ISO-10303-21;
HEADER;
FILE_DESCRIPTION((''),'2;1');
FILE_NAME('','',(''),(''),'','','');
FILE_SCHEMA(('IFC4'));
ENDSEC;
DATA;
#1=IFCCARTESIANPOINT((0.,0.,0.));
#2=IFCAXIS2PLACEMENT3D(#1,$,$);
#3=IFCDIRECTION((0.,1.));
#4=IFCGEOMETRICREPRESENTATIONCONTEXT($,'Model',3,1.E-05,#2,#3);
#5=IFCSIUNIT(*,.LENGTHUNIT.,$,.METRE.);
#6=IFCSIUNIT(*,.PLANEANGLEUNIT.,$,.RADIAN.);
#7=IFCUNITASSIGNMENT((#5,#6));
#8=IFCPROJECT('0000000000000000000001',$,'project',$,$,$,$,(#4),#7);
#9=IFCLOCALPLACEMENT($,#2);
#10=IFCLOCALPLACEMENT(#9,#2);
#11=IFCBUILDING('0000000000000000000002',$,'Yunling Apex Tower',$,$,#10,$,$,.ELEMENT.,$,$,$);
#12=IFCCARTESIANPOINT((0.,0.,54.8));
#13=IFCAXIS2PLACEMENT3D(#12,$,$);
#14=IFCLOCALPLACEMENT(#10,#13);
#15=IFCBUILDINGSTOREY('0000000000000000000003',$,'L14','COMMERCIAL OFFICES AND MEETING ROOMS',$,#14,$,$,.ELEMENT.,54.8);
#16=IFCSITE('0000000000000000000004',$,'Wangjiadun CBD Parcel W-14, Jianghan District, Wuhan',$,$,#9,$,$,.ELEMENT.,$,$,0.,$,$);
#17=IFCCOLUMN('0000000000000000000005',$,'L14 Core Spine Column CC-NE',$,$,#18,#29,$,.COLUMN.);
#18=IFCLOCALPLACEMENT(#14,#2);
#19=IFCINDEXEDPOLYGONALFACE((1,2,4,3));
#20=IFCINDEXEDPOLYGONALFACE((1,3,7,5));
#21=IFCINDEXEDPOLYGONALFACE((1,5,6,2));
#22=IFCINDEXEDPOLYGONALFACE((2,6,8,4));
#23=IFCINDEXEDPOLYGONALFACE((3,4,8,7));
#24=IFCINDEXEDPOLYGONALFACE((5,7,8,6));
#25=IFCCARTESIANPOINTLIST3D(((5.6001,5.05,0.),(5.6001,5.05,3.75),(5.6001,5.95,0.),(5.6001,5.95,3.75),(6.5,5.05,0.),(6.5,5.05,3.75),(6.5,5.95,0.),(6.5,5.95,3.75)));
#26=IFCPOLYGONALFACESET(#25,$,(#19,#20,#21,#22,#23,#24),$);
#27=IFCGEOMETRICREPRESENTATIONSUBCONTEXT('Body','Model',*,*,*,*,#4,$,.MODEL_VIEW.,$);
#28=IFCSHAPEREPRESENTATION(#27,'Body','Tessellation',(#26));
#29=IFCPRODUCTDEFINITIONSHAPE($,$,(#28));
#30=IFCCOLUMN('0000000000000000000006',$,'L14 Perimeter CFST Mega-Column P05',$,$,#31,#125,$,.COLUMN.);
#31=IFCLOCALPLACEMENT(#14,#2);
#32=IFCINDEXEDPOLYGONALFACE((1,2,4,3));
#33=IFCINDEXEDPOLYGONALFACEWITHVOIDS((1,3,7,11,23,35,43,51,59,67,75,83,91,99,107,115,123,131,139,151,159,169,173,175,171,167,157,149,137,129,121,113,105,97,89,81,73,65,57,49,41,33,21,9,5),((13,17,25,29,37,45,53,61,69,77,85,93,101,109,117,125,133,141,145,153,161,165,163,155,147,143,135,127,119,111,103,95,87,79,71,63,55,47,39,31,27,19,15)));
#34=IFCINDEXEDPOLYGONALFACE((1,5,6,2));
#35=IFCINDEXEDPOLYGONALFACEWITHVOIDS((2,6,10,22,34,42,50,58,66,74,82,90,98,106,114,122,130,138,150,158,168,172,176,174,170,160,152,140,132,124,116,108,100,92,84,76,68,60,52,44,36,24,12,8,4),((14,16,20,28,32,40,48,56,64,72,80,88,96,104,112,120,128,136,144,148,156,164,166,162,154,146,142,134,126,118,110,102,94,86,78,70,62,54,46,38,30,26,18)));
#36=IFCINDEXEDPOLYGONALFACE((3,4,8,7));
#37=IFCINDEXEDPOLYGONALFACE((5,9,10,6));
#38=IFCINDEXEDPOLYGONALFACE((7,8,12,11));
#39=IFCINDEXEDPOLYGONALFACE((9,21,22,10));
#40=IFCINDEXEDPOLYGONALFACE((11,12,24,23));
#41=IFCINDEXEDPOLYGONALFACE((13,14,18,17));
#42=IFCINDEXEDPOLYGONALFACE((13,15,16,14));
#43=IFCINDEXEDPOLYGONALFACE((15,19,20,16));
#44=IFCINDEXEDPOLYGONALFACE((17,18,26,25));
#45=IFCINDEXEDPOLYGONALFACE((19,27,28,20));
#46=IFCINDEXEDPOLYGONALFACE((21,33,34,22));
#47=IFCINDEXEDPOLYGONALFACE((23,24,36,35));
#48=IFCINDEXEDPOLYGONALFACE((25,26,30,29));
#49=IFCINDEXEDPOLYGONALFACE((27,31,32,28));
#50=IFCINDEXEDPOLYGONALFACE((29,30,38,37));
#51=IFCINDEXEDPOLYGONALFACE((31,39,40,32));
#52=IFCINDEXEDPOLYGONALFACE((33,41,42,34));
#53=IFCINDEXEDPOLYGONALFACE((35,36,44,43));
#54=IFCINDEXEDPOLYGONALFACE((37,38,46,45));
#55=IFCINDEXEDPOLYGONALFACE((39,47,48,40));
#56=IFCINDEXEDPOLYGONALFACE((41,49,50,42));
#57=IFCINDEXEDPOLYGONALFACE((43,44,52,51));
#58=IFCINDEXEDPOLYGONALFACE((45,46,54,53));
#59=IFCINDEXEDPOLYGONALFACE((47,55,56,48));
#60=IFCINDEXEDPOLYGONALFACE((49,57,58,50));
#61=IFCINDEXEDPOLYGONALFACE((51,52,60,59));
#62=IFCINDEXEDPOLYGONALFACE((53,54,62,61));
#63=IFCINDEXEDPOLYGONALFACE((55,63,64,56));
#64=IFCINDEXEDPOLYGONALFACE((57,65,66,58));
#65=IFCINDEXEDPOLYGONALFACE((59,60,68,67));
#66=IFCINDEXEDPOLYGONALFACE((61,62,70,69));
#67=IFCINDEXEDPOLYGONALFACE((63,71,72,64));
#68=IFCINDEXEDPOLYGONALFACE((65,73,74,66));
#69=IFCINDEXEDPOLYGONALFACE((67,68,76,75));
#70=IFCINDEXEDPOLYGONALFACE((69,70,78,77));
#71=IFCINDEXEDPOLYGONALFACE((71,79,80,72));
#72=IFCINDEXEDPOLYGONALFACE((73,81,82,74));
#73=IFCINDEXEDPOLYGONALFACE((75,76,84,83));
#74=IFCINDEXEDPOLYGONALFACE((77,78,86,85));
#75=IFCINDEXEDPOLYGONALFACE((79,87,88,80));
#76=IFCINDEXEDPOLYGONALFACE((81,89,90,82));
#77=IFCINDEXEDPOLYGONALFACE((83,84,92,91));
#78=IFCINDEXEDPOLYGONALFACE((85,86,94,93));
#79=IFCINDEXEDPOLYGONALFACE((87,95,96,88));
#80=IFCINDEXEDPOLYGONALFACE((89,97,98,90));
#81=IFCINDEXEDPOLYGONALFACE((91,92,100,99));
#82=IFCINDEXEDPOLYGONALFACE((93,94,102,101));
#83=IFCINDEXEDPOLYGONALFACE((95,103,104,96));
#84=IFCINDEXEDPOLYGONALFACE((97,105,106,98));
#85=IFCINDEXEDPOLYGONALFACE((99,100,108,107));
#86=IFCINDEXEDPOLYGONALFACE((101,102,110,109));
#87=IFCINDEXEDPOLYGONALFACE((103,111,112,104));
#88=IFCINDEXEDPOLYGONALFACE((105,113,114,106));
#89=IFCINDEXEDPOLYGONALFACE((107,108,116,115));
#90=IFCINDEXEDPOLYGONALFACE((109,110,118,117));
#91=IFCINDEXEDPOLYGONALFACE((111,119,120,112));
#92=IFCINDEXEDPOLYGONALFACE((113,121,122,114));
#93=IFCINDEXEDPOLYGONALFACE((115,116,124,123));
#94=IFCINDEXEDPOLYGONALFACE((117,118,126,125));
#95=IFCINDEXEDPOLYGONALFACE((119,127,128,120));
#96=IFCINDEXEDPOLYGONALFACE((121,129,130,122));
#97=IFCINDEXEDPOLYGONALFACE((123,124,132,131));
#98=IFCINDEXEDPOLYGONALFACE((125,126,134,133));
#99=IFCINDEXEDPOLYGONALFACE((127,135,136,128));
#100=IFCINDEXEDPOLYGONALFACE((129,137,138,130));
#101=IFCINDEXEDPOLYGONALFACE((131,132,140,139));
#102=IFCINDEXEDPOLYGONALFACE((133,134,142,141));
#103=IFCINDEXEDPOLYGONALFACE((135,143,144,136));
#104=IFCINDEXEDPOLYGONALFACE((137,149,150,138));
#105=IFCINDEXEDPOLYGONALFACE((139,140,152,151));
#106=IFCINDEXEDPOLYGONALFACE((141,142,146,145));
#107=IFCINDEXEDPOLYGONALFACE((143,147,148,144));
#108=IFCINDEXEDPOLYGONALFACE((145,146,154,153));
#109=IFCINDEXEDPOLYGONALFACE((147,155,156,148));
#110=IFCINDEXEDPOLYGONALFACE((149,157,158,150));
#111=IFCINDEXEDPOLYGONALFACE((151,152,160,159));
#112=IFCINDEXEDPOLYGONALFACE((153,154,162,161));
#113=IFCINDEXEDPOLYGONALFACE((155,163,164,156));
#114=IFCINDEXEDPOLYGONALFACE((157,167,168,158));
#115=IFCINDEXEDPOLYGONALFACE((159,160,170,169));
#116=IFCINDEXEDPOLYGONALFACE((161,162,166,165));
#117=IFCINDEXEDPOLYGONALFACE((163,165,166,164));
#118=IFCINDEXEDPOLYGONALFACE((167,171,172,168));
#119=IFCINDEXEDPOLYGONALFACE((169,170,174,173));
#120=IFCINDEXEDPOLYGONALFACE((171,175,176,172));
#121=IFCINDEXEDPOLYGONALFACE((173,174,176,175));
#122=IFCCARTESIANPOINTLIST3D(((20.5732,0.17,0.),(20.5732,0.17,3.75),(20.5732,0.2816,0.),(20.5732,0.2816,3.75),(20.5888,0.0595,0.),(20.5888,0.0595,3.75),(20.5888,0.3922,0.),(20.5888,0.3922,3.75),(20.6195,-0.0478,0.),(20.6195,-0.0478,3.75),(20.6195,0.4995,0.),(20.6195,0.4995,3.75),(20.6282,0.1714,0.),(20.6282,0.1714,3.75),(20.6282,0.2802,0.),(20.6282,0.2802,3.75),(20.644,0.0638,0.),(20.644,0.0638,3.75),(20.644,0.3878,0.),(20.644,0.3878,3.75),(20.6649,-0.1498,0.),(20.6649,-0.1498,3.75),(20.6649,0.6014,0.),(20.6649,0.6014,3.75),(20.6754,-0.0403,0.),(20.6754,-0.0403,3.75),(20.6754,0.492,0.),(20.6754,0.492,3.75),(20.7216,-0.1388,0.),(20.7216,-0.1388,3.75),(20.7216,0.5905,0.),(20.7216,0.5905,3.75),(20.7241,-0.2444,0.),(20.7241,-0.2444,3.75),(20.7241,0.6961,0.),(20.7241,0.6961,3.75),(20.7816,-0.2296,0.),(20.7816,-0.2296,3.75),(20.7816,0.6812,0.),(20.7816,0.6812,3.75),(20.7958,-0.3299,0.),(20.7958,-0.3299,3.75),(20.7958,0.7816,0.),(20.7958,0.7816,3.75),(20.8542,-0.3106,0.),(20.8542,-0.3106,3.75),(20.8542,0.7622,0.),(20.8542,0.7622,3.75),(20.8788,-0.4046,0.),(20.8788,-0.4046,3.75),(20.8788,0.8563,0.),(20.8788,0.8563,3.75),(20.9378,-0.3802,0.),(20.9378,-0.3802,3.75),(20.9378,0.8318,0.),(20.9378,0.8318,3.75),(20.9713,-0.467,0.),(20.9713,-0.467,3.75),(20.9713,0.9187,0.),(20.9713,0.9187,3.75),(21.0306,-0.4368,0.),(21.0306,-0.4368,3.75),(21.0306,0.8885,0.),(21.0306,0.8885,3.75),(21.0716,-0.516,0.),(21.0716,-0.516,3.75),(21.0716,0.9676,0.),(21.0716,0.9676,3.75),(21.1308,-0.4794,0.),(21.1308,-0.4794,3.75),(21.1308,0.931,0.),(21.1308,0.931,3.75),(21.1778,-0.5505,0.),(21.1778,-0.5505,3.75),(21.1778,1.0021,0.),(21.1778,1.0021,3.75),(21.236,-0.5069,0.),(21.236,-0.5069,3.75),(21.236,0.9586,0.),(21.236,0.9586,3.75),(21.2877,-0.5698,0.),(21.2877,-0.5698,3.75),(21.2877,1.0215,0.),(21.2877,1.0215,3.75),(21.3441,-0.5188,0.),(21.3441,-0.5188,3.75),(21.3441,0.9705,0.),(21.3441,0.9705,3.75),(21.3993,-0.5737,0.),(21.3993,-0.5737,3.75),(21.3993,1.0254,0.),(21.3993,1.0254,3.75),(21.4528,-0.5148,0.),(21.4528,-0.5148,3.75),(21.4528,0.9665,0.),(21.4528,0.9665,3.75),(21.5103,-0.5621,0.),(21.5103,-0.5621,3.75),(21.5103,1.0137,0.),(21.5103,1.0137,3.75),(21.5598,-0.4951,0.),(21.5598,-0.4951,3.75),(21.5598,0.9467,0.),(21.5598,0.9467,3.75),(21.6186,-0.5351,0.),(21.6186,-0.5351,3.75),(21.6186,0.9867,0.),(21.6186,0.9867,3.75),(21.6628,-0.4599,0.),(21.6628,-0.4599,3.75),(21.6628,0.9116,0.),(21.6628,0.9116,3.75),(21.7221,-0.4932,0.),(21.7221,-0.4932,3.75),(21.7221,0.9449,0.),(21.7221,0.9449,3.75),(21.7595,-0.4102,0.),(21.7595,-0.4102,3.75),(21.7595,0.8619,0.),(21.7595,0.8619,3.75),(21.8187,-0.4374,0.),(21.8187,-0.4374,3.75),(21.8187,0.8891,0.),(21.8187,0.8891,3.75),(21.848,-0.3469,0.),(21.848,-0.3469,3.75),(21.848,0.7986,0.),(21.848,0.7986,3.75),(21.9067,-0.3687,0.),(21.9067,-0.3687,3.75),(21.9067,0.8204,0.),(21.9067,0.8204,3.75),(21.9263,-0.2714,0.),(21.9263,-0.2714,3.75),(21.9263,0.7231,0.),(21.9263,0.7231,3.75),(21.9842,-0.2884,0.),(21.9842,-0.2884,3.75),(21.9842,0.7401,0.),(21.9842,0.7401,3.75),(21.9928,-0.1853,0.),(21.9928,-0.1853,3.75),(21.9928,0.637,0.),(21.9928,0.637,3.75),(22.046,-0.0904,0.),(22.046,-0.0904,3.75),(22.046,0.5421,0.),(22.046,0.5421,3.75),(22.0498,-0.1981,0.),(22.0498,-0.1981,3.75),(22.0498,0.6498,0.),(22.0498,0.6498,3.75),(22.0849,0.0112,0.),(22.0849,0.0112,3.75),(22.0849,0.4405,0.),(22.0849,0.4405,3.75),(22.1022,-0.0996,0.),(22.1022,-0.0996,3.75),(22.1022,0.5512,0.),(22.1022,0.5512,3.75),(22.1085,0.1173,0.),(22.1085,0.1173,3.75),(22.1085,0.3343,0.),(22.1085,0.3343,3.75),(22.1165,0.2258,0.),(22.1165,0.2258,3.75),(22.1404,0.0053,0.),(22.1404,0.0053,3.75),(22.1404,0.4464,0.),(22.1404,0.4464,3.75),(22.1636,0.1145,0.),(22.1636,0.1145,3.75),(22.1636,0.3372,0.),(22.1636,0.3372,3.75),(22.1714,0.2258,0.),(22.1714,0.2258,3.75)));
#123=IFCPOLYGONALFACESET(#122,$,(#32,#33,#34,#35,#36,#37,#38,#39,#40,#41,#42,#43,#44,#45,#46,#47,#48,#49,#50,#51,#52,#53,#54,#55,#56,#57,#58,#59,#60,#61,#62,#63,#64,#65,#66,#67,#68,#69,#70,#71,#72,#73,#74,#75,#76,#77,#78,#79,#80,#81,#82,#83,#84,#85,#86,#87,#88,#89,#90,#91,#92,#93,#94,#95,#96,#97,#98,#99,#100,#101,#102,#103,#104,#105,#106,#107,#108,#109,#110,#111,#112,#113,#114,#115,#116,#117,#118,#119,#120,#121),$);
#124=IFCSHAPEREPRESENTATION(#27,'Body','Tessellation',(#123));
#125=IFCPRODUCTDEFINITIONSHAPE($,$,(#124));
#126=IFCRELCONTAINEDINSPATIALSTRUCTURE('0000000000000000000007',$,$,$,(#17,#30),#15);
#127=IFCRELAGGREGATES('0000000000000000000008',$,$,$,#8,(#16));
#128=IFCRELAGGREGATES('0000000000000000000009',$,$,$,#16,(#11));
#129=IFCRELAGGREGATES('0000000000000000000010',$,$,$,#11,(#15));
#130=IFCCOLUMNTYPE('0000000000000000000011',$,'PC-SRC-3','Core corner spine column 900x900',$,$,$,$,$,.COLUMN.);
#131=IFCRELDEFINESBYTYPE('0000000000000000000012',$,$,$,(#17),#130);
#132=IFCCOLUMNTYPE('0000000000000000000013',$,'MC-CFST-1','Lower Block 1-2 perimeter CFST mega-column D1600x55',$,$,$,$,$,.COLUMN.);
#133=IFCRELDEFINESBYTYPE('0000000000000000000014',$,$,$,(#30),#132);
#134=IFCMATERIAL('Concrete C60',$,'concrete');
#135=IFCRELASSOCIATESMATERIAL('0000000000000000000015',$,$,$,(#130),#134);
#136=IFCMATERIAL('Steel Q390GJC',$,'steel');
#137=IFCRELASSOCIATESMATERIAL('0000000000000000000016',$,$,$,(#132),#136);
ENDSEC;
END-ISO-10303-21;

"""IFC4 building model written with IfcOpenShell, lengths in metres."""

from ifc_helpers import new_model, si_unit, direction, frame, origin, origin_2d, place, context, subcontext, project, spatial, rectangle, hollow_circle, extrude, source, transform, mapped, material, material_profile, profile_set, type_object, element, save


model = new_model("IFC4")

# Units and contexts
model_context = context("Model", 3, precision=1e-05, world=origin(), true_north=direction((0.0, 1.0)))
body_context = subcontext(model_context, "Body", "Model", "MODEL_VIEW")
ifc_project = project(units=[si_unit("LENGTHUNIT", "METRE"), si_unit("PLANEANGLEUNIT", "RADIAN")], contexts=[model_context])

# Site, building, storey
site_placement = place(None, origin())
site = spatial("IfcSite", under=ifc_project, at=site_placement, Name="Wangjiadun CBD Parcel W-14, Jianghan District, Wuhan", CompositionType="ELEMENT", RefElevation=0.0)
building_placement = place(site_placement, origin())
building = spatial("IfcBuilding", under=site, at=building_placement, Name="Yunling Apex Tower", CompositionType="ELEMENT")
storey_placement = place(building_placement, frame((0.0, 0.0, 54.8)))
storey = spatial("IfcBuildingStorey", under=building, at=storey_placement, Name="L14", Description="COMMERCIAL OFFICES AND MEETING ROOMS", CompositionType="ELEMENT", Elevation=54.8)

# Columns
ifc_material_1 = material(Name="Concrete C60", Category="concrete")
ifc_material_profile_1 = material_profile(ifc_material_1, rectangle(XDim=0.8999, YDim=0.8999, at=origin_2d()))
ifc_profile_set_1 = profile_set([ifc_material_profile_1], Name="Concrete C60")
column_type_1 = type_object("IfcColumnType", Name="PC-SRC-3", Description="Core corner spine column 900x900", PredefinedType="COLUMN", material=ifc_profile_set_1)
shared_shape_1 = source(origin(), body_context, "Body", "SweptSolid", [
    extrude(rectangle(XDim=0.8999, YDim=0.8999, at=origin_2d()), origin(), (0.0, 0.0, 1.0), 3.75),
])
column_placement = place(storey_placement, frame((6.05, 5.5, 0.0), z_axis=(0.0, 0.0, 1.0), x_axis=(1.0, 0.0, 0.0)))
element("IfcColumn", 1, at=column_placement, inside=storey, type_object=column_type_1, Name="L14 Core Spine Column CC-NE", PredefinedType="COLUMN", context=body_context, shape_type="MappedRepresentation", body=[
    mapped(shared_shape_1, transform((0.0, 0.0, 0.0), scale=1.0)),
])
ifc_material_2 = material(Name="Steel Q390GJC", Category="steel")
ifc_material_profile_2 = material_profile(ifc_material_2, hollow_circle(Radius=0.8, WallThickness=0.0549, at=origin_2d()))
ifc_profile_set_2 = profile_set([ifc_material_profile_2], Name="Steel Q390GJC")
column_type_2 = type_object("IfcColumnType", Name="MC-CFST-1", Description="Lower Block 1-2 perimeter CFST mega-column D1600x55", PredefinedType="COLUMN", material=ifc_profile_set_2)
shared_shape_2 = source(origin(), body_context, "Body", "SweptSolid", [
    extrude(hollow_circle(Radius=0.8, WallThickness=0.0549, at=origin_2d()), origin(), (0.0, 0.0, 1.0), 3.75),
])
for number, where, z_axis, x_axis, name in (
    (2, (21.3713, 0.2258, 0.0), (0.0, 0.0, 1.0), (1.0, 0.0, 0.0), "L14 Perimeter CFST Mega-Column P05"),
):
    element("IfcColumn", number, at=place(storey_placement, frame(where, z_axis=z_axis, x_axis=x_axis)), inside=storey, type_object=column_type_2, Name=name, PredefinedType="COLUMN", context=body_context, shape_type="MappedRepresentation", body=[
        mapped(shared_shape_2, transform((0.0, 0.0, 0.0), scale=1.0)),
    ])

save(model, "model.ifc")
